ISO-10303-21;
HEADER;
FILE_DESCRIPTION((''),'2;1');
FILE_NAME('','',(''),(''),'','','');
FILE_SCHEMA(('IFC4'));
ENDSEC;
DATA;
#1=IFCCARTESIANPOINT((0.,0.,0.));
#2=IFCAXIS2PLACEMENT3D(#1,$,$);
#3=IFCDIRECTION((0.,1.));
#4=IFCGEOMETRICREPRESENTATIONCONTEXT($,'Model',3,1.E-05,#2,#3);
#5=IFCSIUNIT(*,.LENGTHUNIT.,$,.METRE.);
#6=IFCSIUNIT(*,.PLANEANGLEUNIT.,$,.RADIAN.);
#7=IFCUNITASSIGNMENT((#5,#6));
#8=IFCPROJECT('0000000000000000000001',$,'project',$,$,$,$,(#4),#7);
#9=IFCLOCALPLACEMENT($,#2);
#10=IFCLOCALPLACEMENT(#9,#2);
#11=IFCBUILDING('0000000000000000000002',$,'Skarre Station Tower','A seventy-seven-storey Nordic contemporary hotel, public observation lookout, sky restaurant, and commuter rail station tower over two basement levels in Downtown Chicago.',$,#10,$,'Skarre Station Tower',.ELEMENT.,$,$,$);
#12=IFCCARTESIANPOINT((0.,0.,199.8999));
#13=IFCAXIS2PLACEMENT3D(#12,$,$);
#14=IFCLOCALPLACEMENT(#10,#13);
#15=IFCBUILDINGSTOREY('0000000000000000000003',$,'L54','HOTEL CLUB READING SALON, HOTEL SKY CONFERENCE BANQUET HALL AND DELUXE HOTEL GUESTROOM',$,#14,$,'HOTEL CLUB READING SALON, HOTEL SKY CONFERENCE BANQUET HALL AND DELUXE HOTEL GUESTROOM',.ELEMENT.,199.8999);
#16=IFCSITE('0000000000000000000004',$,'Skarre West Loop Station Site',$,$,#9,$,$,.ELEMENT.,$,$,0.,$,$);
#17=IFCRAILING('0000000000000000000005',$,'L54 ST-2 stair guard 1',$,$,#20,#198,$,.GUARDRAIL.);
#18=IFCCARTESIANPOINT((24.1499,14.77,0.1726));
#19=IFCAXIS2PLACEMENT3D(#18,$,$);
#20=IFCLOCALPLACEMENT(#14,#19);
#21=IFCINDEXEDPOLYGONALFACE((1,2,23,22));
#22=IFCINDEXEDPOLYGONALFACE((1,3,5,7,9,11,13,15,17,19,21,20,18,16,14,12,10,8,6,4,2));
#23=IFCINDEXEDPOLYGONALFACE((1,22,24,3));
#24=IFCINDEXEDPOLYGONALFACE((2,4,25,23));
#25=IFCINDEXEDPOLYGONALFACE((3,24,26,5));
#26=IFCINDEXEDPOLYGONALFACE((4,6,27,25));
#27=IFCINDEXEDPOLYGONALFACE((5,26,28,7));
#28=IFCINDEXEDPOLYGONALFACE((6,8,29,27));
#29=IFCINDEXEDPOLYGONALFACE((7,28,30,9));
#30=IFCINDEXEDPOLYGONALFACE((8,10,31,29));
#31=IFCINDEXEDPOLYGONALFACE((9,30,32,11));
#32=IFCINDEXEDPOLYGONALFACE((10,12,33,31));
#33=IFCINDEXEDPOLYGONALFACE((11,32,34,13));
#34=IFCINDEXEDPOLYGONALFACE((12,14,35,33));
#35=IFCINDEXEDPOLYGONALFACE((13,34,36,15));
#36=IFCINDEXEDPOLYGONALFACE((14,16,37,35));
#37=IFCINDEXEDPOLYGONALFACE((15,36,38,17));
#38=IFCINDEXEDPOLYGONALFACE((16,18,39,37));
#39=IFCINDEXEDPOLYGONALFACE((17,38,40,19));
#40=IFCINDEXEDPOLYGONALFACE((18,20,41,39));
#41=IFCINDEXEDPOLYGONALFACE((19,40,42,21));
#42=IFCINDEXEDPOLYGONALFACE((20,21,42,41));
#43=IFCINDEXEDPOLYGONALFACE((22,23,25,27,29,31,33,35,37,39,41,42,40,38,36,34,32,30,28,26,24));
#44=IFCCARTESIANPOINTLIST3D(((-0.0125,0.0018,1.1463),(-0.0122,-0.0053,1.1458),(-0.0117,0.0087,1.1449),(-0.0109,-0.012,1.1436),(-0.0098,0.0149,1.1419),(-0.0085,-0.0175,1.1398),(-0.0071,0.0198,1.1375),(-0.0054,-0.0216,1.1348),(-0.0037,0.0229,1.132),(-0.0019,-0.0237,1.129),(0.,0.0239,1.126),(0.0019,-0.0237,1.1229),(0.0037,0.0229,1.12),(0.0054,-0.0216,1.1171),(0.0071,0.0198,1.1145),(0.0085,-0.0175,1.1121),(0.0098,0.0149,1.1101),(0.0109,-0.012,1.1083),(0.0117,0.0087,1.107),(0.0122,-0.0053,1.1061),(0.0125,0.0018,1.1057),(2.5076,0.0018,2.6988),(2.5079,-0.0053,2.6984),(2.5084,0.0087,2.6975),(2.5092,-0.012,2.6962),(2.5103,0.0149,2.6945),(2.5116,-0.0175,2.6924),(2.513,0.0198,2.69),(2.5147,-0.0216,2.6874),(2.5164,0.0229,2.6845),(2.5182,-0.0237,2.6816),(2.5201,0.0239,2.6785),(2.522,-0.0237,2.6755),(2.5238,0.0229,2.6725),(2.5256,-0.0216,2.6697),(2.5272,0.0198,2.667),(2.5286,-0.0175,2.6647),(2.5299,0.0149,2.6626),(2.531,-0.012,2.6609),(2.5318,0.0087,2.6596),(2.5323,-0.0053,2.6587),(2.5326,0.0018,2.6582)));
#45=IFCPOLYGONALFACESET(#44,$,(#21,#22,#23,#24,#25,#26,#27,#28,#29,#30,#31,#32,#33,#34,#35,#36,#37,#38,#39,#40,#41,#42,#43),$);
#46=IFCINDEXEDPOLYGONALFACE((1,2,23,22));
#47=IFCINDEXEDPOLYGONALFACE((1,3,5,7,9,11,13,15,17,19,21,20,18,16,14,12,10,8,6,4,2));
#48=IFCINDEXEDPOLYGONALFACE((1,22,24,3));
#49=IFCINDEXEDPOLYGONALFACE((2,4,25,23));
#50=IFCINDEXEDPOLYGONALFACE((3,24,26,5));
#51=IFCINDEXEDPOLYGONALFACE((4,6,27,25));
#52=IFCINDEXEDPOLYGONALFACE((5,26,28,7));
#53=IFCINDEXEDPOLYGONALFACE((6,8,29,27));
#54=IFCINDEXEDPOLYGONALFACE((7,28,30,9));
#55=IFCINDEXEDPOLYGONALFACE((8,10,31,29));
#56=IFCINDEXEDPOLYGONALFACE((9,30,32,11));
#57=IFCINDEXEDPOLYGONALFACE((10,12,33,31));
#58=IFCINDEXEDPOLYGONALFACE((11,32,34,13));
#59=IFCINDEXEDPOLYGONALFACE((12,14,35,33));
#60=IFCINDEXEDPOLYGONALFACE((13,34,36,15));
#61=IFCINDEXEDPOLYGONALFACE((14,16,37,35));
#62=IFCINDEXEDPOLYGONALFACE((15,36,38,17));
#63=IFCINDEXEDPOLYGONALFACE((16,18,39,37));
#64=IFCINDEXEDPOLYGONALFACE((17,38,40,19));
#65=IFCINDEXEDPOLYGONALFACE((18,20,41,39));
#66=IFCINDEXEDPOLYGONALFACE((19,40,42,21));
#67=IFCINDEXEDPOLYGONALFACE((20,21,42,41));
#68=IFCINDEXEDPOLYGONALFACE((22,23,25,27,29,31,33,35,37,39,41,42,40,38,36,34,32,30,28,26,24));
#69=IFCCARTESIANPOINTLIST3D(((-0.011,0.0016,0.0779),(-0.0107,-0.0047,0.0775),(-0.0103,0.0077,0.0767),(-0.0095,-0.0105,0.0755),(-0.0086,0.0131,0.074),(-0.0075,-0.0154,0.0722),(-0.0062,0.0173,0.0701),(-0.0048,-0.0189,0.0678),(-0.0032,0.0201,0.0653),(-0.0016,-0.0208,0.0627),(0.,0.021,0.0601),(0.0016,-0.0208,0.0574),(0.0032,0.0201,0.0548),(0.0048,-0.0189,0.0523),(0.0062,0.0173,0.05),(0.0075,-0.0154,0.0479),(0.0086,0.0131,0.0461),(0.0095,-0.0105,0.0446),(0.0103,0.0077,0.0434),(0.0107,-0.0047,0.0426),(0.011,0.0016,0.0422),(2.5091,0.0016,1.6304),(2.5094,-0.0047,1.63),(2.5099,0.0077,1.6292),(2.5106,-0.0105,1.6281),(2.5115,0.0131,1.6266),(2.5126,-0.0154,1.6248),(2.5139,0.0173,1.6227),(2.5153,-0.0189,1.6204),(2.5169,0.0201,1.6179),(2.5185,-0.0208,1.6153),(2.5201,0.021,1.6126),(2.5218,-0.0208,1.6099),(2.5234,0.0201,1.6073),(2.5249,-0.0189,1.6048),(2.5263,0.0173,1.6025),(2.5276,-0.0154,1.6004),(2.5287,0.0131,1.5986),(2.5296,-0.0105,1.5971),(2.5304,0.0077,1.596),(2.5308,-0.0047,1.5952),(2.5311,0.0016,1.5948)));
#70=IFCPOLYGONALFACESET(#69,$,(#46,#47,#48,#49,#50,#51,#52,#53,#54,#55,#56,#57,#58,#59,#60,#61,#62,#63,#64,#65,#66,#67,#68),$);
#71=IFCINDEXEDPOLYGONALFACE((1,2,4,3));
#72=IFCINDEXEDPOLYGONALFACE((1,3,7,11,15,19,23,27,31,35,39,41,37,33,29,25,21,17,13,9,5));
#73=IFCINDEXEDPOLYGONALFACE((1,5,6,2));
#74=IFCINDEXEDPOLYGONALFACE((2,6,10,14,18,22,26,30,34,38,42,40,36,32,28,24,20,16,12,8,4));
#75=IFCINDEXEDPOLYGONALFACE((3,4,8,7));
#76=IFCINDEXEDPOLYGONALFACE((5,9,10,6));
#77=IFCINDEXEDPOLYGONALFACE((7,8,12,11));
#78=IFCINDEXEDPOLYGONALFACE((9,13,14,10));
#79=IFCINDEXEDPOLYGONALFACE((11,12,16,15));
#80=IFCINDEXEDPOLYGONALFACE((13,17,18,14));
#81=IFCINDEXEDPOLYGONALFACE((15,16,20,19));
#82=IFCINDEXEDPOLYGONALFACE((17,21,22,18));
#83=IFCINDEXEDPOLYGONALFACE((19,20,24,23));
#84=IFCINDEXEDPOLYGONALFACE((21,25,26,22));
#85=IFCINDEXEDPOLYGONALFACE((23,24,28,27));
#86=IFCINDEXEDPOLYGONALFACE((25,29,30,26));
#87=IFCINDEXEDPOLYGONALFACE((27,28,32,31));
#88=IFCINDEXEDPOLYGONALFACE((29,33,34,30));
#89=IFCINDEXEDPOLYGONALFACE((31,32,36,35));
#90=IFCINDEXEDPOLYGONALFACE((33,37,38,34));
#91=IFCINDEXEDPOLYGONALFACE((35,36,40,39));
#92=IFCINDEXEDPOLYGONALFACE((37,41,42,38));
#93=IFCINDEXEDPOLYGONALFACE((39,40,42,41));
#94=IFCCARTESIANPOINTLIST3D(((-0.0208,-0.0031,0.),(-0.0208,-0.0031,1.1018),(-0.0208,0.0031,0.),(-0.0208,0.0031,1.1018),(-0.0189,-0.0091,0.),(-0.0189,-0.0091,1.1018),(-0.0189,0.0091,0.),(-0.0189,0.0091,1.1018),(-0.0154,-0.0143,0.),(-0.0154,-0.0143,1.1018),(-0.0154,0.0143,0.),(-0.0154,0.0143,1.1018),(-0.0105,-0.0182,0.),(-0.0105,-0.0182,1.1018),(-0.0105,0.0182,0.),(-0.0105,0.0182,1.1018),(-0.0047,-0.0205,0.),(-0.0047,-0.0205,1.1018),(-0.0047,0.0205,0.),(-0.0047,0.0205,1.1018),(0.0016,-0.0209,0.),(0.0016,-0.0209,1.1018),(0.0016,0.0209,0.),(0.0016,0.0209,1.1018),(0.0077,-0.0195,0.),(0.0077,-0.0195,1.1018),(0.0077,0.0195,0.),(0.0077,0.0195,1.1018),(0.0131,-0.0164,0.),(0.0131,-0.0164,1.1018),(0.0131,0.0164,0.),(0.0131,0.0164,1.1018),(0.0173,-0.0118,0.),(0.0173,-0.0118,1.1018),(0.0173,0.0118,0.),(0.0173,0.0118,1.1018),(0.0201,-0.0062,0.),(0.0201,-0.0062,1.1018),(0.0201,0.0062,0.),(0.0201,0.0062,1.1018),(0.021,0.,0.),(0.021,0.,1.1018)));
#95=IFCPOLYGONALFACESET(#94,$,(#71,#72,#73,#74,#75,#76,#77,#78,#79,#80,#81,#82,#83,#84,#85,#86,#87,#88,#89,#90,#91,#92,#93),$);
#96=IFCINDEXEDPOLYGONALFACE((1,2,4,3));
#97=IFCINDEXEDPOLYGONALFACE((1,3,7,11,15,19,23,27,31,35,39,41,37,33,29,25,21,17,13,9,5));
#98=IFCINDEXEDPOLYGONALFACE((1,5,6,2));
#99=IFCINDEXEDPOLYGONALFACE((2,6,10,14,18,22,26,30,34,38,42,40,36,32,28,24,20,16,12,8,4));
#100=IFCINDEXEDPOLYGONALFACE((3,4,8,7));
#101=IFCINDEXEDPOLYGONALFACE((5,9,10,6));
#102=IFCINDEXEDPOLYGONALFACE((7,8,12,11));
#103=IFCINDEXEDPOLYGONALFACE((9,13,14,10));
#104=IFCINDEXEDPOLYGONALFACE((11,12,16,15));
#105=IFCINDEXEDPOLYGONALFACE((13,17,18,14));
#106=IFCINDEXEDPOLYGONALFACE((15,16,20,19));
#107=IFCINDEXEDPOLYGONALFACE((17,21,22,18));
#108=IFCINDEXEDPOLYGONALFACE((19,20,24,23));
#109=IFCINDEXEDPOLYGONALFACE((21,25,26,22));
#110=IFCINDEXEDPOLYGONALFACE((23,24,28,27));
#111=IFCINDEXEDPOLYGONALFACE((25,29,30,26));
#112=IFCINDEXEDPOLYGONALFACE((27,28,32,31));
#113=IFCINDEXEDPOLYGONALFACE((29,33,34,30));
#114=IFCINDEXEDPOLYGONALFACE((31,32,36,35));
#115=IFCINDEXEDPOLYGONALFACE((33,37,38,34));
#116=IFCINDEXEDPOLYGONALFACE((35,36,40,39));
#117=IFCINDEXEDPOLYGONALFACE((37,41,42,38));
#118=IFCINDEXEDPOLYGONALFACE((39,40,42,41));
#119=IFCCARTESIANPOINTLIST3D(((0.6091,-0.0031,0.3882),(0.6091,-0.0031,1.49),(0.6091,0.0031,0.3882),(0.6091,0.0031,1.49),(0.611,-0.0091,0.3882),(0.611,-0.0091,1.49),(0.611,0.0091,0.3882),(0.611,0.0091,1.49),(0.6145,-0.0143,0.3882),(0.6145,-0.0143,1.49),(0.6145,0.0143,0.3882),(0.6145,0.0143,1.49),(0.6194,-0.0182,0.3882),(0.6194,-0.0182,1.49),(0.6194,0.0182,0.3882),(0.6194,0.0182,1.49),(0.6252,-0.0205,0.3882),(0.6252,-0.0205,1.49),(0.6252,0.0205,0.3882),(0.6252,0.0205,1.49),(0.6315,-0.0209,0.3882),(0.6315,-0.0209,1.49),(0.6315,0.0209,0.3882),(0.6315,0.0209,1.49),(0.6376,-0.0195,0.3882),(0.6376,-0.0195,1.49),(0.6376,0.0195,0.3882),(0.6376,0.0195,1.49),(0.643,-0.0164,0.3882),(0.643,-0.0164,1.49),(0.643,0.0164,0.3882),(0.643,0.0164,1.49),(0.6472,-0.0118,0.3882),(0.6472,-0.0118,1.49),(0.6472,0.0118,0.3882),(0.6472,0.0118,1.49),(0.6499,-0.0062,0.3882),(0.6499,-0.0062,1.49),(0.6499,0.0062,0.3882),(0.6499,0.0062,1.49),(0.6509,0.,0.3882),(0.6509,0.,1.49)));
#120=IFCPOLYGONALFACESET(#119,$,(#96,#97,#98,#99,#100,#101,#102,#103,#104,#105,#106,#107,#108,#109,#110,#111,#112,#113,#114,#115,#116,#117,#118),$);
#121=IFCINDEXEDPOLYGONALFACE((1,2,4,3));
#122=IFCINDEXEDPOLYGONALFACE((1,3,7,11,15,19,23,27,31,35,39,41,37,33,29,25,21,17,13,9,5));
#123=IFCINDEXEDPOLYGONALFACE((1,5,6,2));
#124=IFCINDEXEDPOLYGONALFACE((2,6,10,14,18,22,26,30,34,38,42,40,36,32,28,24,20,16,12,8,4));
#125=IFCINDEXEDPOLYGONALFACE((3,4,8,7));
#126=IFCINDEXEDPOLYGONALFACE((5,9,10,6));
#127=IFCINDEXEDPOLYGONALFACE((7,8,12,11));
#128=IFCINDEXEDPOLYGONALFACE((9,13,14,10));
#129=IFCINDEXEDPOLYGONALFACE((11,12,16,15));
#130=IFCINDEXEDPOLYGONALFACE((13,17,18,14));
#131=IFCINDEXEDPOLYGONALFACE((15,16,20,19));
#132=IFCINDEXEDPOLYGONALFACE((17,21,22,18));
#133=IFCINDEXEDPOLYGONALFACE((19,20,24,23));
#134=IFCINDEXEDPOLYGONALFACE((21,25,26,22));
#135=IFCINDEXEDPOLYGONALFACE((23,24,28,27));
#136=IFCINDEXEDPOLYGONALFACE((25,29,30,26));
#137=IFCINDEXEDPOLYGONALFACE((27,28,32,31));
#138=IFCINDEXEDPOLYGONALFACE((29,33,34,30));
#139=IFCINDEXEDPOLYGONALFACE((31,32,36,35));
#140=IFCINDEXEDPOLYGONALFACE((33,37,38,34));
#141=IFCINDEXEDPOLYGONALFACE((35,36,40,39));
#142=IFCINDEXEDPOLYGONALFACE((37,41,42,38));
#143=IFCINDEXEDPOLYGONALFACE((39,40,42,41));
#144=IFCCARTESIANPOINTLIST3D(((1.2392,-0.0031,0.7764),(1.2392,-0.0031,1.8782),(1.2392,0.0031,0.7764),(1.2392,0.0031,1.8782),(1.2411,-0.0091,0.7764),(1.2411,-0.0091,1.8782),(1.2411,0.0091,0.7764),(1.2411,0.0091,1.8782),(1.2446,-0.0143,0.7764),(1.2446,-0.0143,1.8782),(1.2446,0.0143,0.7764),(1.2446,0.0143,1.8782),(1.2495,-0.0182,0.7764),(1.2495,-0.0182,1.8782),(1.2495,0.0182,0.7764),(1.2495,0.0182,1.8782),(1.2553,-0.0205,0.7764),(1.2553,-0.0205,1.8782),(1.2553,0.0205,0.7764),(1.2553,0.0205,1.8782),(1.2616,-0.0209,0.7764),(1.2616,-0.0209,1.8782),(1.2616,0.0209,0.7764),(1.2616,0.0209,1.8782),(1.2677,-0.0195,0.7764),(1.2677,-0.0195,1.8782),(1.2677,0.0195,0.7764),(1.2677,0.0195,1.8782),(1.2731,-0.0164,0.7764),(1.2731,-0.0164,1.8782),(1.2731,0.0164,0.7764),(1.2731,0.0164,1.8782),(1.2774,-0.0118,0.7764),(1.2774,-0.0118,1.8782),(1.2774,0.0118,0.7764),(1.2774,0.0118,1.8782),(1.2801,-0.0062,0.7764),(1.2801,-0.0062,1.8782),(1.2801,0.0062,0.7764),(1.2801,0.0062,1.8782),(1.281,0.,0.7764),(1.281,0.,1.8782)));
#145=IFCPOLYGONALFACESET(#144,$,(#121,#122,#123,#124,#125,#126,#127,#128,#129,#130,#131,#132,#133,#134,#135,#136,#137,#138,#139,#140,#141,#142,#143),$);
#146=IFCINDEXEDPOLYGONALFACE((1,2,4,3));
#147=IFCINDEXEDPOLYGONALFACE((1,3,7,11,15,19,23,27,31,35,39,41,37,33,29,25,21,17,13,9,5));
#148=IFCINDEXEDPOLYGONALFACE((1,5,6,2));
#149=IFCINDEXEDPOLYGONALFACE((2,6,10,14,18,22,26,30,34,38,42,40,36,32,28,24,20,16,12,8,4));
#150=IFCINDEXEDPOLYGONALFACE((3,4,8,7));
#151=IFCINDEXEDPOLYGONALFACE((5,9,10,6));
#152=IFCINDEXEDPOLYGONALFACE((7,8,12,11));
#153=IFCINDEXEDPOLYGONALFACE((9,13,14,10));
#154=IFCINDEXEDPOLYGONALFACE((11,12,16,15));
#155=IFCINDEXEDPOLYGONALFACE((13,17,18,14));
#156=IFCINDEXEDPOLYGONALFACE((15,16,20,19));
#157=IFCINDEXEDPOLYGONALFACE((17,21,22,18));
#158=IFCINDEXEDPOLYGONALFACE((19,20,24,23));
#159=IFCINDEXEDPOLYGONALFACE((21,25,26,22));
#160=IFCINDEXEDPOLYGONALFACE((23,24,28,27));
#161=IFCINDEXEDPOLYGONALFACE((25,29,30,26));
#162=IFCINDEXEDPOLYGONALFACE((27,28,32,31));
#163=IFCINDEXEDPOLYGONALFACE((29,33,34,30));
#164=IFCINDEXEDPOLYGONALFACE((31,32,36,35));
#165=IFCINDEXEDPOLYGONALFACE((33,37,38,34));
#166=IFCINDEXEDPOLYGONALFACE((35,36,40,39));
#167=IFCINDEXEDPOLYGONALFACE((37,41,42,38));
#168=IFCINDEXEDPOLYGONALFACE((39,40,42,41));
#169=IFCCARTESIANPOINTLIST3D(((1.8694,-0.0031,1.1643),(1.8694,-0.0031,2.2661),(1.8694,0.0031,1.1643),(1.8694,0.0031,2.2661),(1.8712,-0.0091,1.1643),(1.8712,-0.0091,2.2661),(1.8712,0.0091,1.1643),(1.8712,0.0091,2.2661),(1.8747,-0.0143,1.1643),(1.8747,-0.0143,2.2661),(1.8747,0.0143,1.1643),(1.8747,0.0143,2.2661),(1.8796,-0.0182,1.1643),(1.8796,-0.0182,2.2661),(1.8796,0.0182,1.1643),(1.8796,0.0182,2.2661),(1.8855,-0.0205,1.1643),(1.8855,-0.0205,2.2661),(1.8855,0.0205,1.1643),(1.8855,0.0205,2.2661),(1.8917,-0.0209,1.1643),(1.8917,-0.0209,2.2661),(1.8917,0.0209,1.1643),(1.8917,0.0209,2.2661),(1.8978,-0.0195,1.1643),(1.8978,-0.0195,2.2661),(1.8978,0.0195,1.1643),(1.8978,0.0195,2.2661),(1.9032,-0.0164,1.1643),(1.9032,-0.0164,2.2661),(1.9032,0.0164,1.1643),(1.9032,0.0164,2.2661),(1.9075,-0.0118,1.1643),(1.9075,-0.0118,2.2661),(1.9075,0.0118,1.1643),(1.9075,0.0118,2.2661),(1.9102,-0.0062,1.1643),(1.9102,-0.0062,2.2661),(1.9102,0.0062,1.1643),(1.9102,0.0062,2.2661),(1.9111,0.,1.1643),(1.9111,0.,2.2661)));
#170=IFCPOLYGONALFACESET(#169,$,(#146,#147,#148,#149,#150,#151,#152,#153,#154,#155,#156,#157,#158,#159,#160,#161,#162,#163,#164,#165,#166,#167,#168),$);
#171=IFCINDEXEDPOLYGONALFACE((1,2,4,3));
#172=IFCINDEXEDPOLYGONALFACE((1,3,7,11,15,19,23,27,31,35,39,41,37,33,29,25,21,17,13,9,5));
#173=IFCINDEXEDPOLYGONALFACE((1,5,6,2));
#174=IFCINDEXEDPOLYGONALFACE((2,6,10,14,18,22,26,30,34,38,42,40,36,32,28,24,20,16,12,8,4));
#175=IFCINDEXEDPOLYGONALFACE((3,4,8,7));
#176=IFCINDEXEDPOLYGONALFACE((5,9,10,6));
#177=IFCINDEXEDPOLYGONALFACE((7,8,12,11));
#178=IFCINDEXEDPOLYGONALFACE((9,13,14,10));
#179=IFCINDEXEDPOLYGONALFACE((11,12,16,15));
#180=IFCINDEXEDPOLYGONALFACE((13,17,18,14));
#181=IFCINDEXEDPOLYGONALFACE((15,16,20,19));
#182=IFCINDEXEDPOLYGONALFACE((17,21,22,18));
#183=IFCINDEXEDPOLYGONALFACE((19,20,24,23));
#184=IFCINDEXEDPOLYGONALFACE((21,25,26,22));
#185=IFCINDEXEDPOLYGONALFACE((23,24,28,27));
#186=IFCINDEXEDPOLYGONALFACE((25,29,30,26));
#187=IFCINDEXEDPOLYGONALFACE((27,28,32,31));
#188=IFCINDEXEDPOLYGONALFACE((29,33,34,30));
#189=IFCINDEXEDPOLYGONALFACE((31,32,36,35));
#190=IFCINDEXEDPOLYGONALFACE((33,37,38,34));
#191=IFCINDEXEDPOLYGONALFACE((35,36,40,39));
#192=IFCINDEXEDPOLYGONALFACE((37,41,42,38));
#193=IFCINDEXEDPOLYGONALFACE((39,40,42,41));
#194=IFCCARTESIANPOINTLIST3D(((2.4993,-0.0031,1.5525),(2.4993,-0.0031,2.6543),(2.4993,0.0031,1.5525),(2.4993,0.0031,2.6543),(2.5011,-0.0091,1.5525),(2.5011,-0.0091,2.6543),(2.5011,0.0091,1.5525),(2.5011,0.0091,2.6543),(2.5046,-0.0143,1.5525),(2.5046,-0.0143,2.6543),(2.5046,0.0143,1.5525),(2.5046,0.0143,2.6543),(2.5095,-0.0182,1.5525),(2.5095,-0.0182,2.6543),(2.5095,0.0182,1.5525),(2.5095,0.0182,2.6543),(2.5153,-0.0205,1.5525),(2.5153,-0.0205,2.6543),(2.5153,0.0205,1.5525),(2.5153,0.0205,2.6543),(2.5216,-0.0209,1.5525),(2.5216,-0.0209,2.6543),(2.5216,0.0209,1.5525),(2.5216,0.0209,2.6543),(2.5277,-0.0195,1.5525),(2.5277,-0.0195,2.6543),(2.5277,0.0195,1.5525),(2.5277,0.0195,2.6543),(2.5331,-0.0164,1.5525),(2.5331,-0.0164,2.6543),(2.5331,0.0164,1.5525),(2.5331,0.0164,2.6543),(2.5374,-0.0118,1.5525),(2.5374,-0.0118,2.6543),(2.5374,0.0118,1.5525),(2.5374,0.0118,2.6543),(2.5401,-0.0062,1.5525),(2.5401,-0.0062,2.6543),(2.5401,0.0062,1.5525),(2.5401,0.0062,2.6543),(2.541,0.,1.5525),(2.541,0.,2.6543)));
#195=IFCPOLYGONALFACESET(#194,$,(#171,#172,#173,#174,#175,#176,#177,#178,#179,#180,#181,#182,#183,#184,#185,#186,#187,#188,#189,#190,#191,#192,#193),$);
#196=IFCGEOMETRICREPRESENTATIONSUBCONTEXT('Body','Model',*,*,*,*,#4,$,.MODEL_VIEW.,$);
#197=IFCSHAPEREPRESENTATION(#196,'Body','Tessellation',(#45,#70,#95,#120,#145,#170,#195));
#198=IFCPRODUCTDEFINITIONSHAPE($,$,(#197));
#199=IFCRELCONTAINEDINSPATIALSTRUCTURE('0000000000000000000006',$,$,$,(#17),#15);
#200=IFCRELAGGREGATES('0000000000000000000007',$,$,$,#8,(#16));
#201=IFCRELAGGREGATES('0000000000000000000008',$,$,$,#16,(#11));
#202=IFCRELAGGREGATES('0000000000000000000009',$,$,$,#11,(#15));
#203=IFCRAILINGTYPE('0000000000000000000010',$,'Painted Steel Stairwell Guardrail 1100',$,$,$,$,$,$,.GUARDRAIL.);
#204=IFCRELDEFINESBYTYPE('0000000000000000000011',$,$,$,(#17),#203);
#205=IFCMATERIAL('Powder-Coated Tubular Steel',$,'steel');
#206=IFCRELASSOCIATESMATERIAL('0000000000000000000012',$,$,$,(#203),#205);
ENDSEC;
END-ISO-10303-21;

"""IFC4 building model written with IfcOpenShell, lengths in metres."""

from ifc_helpers import new_model, si_unit, direction, frame, origin, origin_2d, place, context, subcontext, project, spatial, circle, extrude, material, type_object, element, save


model = new_model("IFC4")

# Units and contexts
model_context = context("Model", 3, precision=1e-05, world=origin(), true_north=direction((0.0, 1.0)))
body_context = subcontext(model_context, "Body", "Model", "MODEL_VIEW")
ifc_project = project(units=[si_unit("LENGTHUNIT", "METRE"), si_unit("PLANEANGLEUNIT", "RADIAN")], contexts=[model_context])

# Site, building, storey
site_placement = place(None, origin())
site = spatial("IfcSite", under=ifc_project, at=site_placement, Name="Skarre West Loop Station Site", CompositionType="ELEMENT", RefElevation=0.0)
building_placement = place(site_placement, origin())
building = spatial("IfcBuilding", under=site, at=building_placement, Name="Skarre Station Tower", Description="A seventy-seven-storey Nordic contemporary hotel, public observation lookout, sky restaurant, and commuter rail station tower over two basement levels in Downtown Chicago.", LongName="Skarre Station Tower", CompositionType="ELEMENT")
storey_placement = place(building_placement, frame((0.0, 0.0, 199.8999)))
storey = spatial("IfcBuildingStorey", under=building, at=storey_placement, Name="L54", Description="HOTEL CLUB READING SALON, HOTEL SKY CONFERENCE BANQUET HALL AND DELUXE HOTEL GUESTROOM", LongName="HOTEL CLUB READING SALON, HOTEL SKY CONFERENCE BANQUET HALL AND DELUXE HOTEL GUESTROOM", CompositionType="ELEMENT", Elevation=199.8999)

# Railing
ifc_material_1 = material(Name="Powder-Coated Tubular Steel", Category="steel")
railing_type_1 = type_object("IfcRailingType", Name="Painted Steel Stairwell Guardrail 1100", PredefinedType="GUARDRAIL", material=ifc_material_1)
railing_1_placement = place(storey_placement, frame((24.1499, 14.77, 0.1726)))
element("IfcRailing", 1, at=railing_1_placement, inside=storey, type_object=railing_type_1, Name="L54 ST-2 stair guard 1", PredefinedType="GUARDRAIL", context=body_context, shape_type="SweptSolid", body=[
    extrude(circle(Radius=0.0239, at=origin_2d()), frame((0.0, 0.0, 1.126), z_axis=(0.8514, 0.0, 0.524516), x_axis=(0.0, 1.0, 0.0)), (0.0, 0.0, 1.0), 2.96),
    extrude(circle(Radius=0.021, at=origin_2d()), frame((0.0, 0.0, 0.0601), z_axis=(0.8514, 0.0, 0.524516), x_axis=(0.0, 1.0, 0.0)), (0.0, 0.0, 1.0), 2.96),
    extrude(circle(Radius=0.021, at=origin_2d()), origin(), (0.0, 0.0, 1.0), 1.1018),
    extrude(circle(Radius=0.021, at=origin_2d()), frame((0.6299, 0.0, 0.3882)), (0.0, 0.0, 1.0), 1.1018),
    extrude(circle(Radius=0.021, at=origin_2d()), frame((1.26, 0.0, 0.7764)), (0.0, 0.0, 1.0), 1.1018),
    extrude(circle(Radius=0.021, at=origin_2d()), frame((1.8901, 0.0, 1.1643)), (0.0, 0.0, 1.0), 1.1018),
    extrude(circle(Radius=0.021, at=origin_2d()), frame((2.52, 0.0, 1.5525)), (0.0, 0.0, 1.0), 1.1018),
])

save(model, "model.ifc")
